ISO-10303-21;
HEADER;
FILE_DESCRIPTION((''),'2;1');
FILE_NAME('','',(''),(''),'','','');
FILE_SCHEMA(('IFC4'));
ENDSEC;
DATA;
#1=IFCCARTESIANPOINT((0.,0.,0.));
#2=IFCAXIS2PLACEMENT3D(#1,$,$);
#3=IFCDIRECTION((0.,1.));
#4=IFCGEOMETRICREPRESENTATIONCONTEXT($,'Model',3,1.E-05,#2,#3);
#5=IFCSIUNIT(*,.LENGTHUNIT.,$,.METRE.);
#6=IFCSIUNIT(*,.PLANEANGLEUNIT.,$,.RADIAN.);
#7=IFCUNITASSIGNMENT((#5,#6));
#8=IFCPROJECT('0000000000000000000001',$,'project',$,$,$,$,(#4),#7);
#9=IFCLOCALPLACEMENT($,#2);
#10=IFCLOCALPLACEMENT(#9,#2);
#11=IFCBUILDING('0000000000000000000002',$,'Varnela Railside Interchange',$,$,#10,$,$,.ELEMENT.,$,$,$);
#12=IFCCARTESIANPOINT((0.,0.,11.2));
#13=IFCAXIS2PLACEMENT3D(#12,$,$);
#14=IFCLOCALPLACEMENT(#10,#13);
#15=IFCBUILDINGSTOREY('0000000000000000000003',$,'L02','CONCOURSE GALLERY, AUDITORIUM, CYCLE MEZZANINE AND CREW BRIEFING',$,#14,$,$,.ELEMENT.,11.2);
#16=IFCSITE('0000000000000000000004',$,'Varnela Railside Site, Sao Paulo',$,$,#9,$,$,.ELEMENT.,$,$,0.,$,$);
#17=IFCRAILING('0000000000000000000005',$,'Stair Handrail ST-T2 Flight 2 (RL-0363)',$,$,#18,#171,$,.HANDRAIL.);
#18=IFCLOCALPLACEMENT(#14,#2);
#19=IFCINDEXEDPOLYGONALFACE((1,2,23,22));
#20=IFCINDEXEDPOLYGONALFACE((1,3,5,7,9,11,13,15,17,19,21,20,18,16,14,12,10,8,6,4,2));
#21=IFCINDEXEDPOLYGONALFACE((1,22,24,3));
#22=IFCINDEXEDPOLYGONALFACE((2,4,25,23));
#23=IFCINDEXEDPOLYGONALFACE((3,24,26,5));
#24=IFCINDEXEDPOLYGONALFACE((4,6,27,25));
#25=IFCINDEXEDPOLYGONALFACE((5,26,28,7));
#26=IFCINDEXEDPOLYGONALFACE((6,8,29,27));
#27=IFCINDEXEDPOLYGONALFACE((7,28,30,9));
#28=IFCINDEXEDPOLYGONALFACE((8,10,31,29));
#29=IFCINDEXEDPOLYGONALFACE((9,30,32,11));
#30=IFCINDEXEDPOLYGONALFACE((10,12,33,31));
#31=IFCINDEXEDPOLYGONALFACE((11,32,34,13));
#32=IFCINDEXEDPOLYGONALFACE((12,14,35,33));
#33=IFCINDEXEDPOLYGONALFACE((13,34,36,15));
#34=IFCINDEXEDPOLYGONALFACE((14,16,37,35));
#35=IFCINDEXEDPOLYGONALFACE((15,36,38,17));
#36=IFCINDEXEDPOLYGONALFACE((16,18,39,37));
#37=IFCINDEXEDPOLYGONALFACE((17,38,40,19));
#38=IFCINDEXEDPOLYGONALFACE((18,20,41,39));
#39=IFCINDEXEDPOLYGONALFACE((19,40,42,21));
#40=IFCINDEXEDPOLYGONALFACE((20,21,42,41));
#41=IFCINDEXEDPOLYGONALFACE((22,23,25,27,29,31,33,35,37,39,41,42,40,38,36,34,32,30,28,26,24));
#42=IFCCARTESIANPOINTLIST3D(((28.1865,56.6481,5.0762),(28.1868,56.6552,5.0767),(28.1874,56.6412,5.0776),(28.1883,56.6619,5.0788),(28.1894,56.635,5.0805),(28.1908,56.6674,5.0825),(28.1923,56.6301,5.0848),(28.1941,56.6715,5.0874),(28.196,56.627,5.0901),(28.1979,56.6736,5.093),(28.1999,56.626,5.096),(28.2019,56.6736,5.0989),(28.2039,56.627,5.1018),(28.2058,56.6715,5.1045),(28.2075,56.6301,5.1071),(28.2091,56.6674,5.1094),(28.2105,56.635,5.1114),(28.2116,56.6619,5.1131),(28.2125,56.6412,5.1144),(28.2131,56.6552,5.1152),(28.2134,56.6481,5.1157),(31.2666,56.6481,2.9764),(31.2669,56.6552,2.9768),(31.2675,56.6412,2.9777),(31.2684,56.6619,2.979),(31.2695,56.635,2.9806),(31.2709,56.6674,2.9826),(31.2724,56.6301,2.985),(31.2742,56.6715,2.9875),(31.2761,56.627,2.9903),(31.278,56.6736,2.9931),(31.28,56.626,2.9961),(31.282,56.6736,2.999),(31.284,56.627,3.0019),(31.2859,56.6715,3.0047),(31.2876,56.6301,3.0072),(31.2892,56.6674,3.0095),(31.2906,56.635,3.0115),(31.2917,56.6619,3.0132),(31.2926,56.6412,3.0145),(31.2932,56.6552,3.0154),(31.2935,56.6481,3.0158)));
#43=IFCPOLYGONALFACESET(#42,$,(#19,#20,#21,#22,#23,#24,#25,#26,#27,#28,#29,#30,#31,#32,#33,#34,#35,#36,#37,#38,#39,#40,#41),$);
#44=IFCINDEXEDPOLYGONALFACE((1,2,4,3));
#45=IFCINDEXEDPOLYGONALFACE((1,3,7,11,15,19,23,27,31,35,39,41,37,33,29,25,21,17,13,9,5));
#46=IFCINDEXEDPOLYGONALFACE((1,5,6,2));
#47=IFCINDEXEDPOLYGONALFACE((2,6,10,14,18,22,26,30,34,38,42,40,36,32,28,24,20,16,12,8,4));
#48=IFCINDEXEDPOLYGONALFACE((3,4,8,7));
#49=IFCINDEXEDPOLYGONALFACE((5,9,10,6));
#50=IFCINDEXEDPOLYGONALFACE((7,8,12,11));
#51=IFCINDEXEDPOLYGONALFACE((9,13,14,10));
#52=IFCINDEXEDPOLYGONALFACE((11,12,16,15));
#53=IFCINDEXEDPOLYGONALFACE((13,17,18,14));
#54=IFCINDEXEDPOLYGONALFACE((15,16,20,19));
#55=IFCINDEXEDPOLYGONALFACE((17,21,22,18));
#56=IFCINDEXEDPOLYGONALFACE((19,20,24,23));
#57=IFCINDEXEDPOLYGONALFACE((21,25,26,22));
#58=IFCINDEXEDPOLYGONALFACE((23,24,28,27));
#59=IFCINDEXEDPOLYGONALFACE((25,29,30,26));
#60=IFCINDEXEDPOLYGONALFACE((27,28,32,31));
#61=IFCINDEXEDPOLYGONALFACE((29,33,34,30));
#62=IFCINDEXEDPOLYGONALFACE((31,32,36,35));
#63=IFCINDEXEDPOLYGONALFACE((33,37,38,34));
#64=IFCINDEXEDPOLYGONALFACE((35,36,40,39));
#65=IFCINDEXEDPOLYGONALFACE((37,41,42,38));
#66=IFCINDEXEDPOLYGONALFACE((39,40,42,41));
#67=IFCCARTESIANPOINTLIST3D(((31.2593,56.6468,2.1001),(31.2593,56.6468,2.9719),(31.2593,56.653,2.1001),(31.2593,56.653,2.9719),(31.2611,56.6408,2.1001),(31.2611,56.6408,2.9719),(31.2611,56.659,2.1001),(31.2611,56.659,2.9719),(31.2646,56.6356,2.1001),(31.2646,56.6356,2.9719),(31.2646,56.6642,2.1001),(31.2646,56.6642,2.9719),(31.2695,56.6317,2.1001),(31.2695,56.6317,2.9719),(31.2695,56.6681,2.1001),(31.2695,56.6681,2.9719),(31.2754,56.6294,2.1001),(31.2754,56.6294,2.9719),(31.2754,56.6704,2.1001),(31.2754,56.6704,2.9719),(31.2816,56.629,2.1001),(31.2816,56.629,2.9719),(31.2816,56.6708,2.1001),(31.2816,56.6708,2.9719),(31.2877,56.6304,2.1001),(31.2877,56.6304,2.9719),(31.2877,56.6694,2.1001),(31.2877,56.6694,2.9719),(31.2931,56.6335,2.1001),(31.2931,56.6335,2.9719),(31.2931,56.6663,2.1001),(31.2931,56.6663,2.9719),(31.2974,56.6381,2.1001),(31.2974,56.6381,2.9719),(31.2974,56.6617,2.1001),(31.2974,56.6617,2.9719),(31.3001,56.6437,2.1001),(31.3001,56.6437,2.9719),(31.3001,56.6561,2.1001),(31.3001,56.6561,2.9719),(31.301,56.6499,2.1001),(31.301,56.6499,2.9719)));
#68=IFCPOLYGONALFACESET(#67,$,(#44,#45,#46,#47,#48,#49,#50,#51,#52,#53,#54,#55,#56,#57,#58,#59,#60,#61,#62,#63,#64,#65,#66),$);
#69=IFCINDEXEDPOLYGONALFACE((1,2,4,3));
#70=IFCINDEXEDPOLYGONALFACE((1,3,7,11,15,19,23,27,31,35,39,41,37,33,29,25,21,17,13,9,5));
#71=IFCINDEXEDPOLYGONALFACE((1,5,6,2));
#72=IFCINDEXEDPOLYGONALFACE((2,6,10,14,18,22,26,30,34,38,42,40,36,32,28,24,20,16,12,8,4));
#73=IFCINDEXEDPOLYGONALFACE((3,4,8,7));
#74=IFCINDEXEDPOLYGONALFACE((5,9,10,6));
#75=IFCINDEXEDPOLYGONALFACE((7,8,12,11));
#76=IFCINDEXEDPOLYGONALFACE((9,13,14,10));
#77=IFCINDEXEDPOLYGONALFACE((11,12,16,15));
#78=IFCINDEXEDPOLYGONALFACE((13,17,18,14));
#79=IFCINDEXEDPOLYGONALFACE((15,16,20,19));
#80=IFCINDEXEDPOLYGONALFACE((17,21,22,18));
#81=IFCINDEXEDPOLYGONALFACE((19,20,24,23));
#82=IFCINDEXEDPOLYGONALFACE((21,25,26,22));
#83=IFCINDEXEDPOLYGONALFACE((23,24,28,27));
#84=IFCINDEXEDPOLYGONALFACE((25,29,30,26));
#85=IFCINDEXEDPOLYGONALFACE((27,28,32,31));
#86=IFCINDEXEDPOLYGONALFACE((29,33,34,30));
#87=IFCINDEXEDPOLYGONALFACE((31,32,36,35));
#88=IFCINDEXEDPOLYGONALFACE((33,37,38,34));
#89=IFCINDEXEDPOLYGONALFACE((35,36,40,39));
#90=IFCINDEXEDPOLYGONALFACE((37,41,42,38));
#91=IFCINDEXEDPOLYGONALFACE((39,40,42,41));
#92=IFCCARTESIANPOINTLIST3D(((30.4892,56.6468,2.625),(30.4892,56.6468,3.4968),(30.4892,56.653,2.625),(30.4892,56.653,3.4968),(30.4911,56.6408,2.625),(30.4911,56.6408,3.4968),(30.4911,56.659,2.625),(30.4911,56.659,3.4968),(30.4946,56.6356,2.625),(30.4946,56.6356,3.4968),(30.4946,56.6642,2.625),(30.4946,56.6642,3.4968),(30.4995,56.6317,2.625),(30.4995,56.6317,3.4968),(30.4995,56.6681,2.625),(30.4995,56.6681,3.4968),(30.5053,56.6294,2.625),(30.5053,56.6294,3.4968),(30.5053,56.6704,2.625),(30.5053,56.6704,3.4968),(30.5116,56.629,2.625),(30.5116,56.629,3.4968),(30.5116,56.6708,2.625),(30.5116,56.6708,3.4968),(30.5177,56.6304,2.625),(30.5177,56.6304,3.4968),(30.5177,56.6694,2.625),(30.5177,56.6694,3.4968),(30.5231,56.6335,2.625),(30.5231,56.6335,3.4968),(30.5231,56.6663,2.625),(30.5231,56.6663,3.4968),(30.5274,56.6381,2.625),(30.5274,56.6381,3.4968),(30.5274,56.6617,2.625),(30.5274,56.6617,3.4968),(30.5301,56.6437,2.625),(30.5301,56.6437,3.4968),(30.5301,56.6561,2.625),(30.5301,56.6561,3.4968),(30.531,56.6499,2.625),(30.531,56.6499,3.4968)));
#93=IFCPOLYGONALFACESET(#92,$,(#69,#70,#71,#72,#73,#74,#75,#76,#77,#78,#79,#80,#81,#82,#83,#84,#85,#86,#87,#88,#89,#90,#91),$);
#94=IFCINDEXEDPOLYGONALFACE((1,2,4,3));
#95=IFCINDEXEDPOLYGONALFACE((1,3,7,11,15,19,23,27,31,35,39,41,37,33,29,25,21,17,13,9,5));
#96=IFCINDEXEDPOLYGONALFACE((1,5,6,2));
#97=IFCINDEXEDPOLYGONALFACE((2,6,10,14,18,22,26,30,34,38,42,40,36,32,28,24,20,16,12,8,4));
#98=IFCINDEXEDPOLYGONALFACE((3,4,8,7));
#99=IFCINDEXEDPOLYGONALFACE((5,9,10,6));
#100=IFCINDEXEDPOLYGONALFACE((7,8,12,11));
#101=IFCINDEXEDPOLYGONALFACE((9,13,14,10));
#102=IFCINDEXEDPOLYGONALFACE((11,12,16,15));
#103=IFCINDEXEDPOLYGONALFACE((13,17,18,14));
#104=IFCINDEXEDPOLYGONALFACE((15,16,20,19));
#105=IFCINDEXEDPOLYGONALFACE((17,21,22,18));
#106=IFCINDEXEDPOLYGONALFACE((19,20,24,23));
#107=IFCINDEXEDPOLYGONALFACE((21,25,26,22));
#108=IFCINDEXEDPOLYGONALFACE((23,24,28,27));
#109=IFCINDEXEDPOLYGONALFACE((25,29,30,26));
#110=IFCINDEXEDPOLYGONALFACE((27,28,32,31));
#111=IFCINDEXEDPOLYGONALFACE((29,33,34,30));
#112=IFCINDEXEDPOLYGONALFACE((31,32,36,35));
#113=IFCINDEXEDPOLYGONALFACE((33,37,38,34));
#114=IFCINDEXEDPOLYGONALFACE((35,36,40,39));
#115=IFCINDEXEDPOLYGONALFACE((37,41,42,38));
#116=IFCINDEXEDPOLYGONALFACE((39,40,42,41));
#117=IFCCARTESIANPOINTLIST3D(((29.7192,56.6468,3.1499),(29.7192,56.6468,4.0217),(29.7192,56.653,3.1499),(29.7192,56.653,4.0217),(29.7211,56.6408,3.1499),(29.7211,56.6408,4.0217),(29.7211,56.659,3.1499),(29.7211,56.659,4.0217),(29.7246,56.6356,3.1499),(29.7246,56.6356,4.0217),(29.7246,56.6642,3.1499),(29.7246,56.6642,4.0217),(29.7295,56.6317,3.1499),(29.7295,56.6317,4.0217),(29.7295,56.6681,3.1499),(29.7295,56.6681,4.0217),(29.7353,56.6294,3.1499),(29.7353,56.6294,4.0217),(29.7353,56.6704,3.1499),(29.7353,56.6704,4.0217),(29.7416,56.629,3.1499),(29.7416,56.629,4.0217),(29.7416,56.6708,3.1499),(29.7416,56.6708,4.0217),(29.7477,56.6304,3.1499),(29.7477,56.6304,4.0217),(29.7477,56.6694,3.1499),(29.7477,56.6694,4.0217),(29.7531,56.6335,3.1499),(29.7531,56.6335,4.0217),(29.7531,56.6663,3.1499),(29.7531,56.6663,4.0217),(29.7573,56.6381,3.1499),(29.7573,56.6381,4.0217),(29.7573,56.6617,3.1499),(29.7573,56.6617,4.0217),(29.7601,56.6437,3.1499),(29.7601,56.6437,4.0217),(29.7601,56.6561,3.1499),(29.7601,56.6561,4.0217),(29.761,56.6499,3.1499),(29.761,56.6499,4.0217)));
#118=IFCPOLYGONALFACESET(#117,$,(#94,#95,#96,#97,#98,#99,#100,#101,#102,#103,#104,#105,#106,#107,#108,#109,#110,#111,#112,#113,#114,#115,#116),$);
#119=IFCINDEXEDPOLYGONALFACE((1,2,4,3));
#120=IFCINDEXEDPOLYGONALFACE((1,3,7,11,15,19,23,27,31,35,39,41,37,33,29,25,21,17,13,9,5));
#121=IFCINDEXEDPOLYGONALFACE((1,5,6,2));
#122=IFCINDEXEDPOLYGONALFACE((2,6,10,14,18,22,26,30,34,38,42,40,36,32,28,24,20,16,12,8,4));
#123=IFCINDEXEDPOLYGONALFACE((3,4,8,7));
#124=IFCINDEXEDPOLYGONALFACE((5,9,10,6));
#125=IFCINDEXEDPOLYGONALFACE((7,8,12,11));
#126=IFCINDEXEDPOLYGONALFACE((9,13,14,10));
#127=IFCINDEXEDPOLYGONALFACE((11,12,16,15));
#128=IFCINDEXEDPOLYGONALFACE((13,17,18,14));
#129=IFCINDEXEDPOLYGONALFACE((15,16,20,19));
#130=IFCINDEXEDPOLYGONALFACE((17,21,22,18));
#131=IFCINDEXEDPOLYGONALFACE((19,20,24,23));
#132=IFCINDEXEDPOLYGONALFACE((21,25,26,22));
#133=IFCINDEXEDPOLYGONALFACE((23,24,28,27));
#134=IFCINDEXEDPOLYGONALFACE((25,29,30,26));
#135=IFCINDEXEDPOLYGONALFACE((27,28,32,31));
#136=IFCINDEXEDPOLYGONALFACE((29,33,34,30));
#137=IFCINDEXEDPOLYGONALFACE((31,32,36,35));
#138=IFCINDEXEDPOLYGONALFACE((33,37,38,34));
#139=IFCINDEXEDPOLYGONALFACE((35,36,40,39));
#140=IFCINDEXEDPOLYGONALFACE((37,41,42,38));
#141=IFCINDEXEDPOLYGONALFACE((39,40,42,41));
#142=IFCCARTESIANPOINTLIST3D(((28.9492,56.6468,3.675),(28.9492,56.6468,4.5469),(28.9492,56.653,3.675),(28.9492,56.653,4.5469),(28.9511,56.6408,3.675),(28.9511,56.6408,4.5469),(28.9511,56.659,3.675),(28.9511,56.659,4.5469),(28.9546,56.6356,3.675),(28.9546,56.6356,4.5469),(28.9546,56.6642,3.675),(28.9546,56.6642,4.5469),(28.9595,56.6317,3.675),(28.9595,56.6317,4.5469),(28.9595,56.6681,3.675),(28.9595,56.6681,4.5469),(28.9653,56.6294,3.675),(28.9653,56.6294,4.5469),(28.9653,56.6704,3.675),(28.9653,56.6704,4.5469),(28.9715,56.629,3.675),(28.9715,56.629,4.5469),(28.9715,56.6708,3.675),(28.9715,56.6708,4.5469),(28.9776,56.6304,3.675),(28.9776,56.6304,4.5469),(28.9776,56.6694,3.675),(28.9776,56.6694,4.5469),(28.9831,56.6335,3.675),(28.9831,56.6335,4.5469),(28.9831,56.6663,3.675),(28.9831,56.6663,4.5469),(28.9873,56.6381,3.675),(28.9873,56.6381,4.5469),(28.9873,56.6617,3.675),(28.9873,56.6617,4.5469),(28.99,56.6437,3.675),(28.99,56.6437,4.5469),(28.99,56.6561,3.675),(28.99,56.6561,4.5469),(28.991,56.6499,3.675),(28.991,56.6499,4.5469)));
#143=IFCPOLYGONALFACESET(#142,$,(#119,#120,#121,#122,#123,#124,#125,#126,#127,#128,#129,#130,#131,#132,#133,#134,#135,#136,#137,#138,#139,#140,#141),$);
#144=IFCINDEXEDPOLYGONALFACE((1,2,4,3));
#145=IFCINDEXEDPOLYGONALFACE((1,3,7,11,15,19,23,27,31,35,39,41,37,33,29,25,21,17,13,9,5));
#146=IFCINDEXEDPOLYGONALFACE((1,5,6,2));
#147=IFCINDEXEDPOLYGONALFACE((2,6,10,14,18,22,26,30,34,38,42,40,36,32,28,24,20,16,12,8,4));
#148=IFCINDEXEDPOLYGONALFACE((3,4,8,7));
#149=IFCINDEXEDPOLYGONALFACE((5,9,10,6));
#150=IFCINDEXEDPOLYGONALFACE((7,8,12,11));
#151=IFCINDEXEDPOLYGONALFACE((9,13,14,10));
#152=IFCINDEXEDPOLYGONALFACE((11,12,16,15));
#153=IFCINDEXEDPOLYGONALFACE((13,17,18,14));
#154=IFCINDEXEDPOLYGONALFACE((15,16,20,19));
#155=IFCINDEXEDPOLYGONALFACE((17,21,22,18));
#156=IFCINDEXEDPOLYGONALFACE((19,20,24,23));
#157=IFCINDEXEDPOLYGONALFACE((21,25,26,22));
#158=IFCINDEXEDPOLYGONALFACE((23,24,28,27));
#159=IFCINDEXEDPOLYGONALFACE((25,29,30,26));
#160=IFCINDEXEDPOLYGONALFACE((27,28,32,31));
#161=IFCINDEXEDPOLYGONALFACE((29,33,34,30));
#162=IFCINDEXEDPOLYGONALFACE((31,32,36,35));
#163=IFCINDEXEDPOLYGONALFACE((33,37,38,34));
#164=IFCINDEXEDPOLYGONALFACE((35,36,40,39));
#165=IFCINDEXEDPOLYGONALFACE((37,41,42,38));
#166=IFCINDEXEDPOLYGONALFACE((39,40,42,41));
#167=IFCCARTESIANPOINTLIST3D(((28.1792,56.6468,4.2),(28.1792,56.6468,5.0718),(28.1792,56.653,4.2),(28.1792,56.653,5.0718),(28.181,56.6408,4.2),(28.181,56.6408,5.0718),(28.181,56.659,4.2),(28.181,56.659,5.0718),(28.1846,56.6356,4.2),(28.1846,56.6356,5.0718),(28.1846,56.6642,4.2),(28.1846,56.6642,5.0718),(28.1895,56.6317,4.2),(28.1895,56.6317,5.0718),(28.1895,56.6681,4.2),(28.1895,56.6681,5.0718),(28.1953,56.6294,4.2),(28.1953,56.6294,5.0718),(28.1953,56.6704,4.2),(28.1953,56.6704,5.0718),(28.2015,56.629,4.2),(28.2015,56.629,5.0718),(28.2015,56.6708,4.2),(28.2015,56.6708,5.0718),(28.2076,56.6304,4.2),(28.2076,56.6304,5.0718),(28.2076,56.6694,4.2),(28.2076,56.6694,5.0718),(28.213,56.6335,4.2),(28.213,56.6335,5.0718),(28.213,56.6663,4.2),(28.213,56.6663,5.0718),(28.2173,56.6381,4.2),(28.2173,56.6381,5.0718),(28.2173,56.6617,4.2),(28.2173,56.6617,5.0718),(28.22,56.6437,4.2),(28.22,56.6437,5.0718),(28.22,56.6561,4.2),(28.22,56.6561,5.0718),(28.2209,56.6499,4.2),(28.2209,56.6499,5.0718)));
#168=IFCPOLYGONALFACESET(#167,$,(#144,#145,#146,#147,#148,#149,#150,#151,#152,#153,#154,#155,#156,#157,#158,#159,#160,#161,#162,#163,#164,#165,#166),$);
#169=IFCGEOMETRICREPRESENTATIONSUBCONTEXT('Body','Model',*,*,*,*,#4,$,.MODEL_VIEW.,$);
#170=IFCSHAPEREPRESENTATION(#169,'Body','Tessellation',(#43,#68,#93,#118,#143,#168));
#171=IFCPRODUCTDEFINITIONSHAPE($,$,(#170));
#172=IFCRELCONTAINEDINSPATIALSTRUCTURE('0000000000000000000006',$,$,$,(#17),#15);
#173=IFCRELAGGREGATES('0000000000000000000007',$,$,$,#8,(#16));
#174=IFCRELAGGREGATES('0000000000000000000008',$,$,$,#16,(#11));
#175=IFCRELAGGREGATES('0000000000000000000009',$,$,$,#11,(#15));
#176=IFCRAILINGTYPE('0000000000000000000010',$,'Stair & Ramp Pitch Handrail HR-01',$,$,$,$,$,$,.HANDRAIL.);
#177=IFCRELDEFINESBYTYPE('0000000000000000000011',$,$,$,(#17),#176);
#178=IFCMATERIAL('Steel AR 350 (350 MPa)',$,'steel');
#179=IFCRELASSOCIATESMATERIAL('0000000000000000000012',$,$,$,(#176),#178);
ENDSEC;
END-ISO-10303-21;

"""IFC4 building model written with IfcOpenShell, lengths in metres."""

from ifc_helpers import new_model, si_unit, direction, frame, origin, origin_2d, place, context, subcontext, project, spatial, circle, extrude, material, type_object, element, save


model = new_model("IFC4")

# Units and contexts
model_context = context("Model", 3, precision=1e-05, world=origin(), true_north=direction((0.0, 1.0)))
body_context = subcontext(model_context, "Body", "Model", "MODEL_VIEW")
ifc_project = project(units=[si_unit("LENGTHUNIT", "METRE"), si_unit("PLANEANGLEUNIT", "RADIAN")], contexts=[model_context])

# Site, building, storey
site_placement = place(None, origin())
site = spatial("IfcSite", under=ifc_project, at=site_placement, Name="Varnela Railside Site, Sao Paulo", CompositionType="ELEMENT", RefElevation=0.0)
building_placement = place(site_placement, origin())
building = spatial("IfcBuilding", under=site, at=building_placement, Name="Varnela Railside Interchange", CompositionType="ELEMENT")
storey_placement = place(building_placement, frame((0.0, 0.0, 11.2)))
storey = spatial("IfcBuildingStorey", under=building, at=storey_placement, Name="L02", Description="CONCOURSE GALLERY, AUDITORIUM, CYCLE MEZZANINE AND CREW BRIEFING", CompositionType="ELEMENT", Elevation=11.2)

# Shared definitions
ifc_material_1 = material(Name="Steel AR 350 (350 MPa)", Category="steel")

# Railing
railing_type_1 = type_object("IfcRailingType", Name="Stair & Ramp Pitch Handrail HR-01", PredefinedType="HANDRAIL", material=ifc_material_1)
railing_1_placement = place(storey_placement, frame((31.28, 56.6499, 2.1001)))
element("IfcRailing", 1, at=railing_1_placement, inside=storey, type_object=railing_type_1, Name="Stair Handrail ST-T2 Flight 2 (RL-0363)", PredefinedType="HANDRAIL", context=body_context, shape_type="SweptSolid", body=[
    extrude(circle(Radius=0.0239, at=origin_2d()), frame((0.0, 0.0, 0.896), z_axis=(-0.826252, 0.0, 0.5633), x_axis=(0.0, -1.0, 0.0)), (0.0, 0.0, 1.0), 3.7278),
    extrude(circle(Radius=0.021, at=origin_2d()), origin(), (0.0, 0.0, 1.0), 0.8718),
    extrude(circle(Radius=0.021, at=origin_2d()), frame((-0.77, 0.0, 0.5249)), (0.0, 0.0, 1.0), 0.8718),
    extrude(circle(Radius=0.021, at=origin_2d()), frame((-1.54, 0.0, 1.0498)), (0.0, 0.0, 1.0), 0.8718),
    extrude(circle(Radius=0.021, at=origin_2d()), frame((-2.3101, 0.0, 1.575)), (0.0, 0.0, 1.0), 0.8718),
    extrude(circle(Radius=0.021, at=origin_2d()), frame((-3.0801, 0.0, 2.0999)), (0.0, 0.0, 1.0), 0.8718),
])

save(model, "model.ifc")
